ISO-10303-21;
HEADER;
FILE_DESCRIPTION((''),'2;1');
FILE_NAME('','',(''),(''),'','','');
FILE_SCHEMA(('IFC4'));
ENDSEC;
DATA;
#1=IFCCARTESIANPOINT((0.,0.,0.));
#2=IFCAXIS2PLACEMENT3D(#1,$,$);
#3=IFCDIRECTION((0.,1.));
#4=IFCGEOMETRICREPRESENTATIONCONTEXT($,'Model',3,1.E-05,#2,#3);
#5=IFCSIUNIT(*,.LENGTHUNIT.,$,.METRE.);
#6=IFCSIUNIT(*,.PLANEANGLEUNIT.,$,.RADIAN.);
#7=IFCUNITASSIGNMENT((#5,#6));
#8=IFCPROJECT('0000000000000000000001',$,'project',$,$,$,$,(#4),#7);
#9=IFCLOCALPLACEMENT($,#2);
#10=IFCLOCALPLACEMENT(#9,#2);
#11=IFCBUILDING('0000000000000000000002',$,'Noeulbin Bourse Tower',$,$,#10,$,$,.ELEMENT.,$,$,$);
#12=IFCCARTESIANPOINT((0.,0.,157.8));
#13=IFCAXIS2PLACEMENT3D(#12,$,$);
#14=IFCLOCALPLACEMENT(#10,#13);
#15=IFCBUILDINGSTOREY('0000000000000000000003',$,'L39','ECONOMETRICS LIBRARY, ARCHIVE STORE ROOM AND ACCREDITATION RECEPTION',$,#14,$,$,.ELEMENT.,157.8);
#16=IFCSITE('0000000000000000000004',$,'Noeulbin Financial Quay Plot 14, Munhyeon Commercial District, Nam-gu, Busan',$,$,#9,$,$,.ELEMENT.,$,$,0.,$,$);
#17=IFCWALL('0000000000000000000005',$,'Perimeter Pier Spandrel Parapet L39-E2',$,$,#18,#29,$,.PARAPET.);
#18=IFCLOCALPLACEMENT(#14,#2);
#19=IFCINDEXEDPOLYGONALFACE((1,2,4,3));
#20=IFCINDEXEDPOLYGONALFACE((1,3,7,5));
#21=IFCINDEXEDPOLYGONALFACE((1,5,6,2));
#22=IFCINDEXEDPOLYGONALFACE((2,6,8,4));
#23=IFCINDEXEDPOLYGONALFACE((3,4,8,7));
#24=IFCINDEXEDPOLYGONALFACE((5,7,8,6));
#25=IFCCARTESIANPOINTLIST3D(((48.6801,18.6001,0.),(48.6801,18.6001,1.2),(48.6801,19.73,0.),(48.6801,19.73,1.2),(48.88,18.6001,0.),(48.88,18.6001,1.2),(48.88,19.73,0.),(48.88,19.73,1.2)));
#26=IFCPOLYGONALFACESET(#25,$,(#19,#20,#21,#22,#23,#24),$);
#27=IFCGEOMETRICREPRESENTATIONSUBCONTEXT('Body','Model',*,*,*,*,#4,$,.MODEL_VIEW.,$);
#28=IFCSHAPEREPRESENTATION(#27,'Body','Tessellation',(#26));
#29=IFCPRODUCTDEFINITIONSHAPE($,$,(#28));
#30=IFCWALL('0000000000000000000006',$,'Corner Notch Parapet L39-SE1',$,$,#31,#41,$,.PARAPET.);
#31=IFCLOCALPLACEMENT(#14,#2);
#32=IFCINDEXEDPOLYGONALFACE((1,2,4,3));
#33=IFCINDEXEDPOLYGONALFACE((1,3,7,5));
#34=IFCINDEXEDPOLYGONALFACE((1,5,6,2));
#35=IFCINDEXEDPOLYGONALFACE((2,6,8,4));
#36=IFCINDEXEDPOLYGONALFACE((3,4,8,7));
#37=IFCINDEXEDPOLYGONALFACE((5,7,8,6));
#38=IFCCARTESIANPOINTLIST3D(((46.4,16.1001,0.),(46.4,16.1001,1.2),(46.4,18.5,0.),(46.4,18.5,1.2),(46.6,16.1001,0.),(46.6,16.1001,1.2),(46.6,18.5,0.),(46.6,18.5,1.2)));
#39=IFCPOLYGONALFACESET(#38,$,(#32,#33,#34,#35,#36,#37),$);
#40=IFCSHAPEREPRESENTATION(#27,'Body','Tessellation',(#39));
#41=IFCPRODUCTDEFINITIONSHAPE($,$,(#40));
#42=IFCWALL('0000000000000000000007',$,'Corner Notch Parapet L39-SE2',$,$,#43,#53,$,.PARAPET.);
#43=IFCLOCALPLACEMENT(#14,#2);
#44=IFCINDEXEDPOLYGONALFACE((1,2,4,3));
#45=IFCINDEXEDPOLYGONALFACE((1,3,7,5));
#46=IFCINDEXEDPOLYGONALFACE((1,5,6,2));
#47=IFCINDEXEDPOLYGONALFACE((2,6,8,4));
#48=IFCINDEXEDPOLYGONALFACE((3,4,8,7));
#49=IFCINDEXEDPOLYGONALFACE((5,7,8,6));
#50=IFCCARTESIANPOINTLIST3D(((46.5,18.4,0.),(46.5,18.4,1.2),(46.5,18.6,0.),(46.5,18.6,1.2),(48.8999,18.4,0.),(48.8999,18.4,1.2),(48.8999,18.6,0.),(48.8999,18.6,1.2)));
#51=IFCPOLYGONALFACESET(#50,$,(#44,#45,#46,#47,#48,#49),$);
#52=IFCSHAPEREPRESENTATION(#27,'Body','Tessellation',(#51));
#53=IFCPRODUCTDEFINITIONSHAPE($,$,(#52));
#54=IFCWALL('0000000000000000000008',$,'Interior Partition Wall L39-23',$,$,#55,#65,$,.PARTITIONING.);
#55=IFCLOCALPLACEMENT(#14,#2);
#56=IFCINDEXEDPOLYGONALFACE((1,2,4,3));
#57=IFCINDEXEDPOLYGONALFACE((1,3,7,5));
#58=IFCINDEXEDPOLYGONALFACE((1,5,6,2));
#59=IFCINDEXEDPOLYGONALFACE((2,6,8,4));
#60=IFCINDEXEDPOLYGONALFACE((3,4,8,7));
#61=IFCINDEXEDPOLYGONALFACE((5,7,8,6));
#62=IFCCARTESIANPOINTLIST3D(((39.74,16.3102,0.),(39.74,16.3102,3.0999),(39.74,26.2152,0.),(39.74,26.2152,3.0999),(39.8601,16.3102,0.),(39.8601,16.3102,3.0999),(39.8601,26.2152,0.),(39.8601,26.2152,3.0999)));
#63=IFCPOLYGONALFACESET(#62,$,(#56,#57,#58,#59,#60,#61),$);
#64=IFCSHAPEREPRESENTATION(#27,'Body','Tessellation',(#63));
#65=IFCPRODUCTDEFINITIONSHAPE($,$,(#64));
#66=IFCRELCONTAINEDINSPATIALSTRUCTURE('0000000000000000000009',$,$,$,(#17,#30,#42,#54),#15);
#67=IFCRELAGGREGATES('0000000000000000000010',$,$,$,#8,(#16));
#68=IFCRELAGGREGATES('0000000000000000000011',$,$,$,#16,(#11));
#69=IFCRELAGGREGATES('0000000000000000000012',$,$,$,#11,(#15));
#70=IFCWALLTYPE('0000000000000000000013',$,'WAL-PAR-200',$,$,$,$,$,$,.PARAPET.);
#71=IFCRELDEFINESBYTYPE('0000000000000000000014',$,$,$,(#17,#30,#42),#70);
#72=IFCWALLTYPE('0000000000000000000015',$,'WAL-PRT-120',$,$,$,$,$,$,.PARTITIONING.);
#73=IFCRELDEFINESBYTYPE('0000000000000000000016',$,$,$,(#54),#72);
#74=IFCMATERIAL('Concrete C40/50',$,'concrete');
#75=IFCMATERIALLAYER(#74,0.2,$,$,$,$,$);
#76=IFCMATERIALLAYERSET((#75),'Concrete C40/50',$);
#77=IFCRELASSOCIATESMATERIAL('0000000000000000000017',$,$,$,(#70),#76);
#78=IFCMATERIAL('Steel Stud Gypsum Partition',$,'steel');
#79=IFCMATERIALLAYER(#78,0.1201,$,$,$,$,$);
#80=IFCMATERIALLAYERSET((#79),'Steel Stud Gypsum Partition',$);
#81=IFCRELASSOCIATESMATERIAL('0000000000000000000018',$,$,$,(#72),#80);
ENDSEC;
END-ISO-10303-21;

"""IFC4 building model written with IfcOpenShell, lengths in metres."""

from ifc_helpers import new_model, si_unit, direction, frame, frame_2d, origin, place, context, subcontext, project, spatial, rectangle, extrude, material, layer, layer_set, type_object, element, save


model = new_model("IFC4")

# Units and contexts
model_context = context("Model", 3, precision=1e-05, world=origin(), true_north=direction((0.0, 1.0)))
body_context = subcontext(model_context, "Body", "Model", "MODEL_VIEW")
ifc_project = project(units=[si_unit("LENGTHUNIT", "METRE"), si_unit("PLANEANGLEUNIT", "RADIAN")], contexts=[model_context])

# Site, building, storey
site_placement = place(None, origin())
site = spatial("IfcSite", under=ifc_project, at=site_placement, Name="Noeulbin Financial Quay Plot 14, Munhyeon Commercial District, Nam-gu, Busan", CompositionType="ELEMENT", RefElevation=0.0)
building_placement = place(site_placement, origin())
building = spatial("IfcBuilding", under=site, at=building_placement, Name="Noeulbin Bourse Tower", CompositionType="ELEMENT")
storey_placement = place(building_placement, frame((0.0, 0.0, 157.8)))
storey = spatial("IfcBuildingStorey", under=building, at=storey_placement, Name="L39", Description="ECONOMETRICS LIBRARY, ARCHIVE STORE ROOM AND ACCREDITATION RECEPTION", CompositionType="ELEMENT", Elevation=157.8)

# Walls
ifc_material_1 = material(Name="Concrete C40/50", Category="concrete")
ifc_layer_1 = layer(ifc_material_1, 0.2)
ifc_layer_set_1 = layer_set([ifc_layer_1], Name="Concrete C40/50")
wall_type_1 = type_object("IfcWallType", Name="WAL-PAR-200", PredefinedType="PARAPET", material=ifc_layer_set_1)
wall_1_placement = place(storey_placement, frame((48.78, 18.6001, 0.0), z_axis=(0.0, 0.0, 1.0), x_axis=(0.0, 1.0, 0.0)))
element("IfcWall", 1, at=wall_1_placement, inside=storey, type_object=wall_type_1, Name="Perimeter Pier Spandrel Parapet L39-E2", PredefinedType="PARAPET", context=body_context, shape_type="SweptSolid", body=[
    extrude(rectangle(XDim=1.1299, YDim=0.2, at=frame_2d((0.5649, 0.0))), origin(), (0.0, 0.0, 1.0), 1.2),
])
for number, where, z_axis, x_axis, name in (
    (2, (46.5, 16.1001, 0.0), (0.0, 0.0, 1.0), (0.0, 1.0, 0.0), "Corner Notch Parapet L39-SE1"),
    (3, (46.5, 18.5, 0.0), (0.0, 0.0, 1.0), (1.0, 0.0, 0.0), "Corner Notch Parapet L39-SE2"),
):
    element("IfcWall", number, at=place(storey_placement, frame(where, z_axis=z_axis, x_axis=x_axis)), inside=storey, type_object=wall_type_1, Name=name, PredefinedType="PARAPET", context=body_context, shape_type="SweptSolid", body=[
        extrude(rectangle(XDim=2.3999, YDim=0.2, at=frame_2d((1.2, 0.0))), origin(), (0.0, 0.0, 1.0), 1.2),
    ])
ifc_material_2 = material(Name="Steel Stud Gypsum Partition", Category="steel")
ifc_layer_2 = layer(ifc_material_2, 0.1201)
ifc_layer_set_2 = layer_set([ifc_layer_2], Name="Steel Stud Gypsum Partition")
wall_type_2 = type_object("IfcWallType", Name="WAL-PRT-120", PredefinedType="PARTITIONING", material=ifc_layer_set_2)
wall_2_placement = place(storey_placement, frame((39.8, 16.3101, 0.0), z_axis=(0.0, 0.0, 1.0), x_axis=(0.0, 1.0, 0.0)))
element("IfcWall", 4, at=wall_2_placement, inside=storey, type_object=wall_type_2, Name="Interior Partition Wall L39-23", PredefinedType="PARTITIONING", context=body_context, shape_type="SweptSolid", body=[
    extrude(rectangle(XDim=9.905, YDim=0.1201, at=frame_2d((4.9526, 0.0))), origin(), (0.0, 0.0, 1.0), 3.0999),
])

save(model, "model.ifc")
